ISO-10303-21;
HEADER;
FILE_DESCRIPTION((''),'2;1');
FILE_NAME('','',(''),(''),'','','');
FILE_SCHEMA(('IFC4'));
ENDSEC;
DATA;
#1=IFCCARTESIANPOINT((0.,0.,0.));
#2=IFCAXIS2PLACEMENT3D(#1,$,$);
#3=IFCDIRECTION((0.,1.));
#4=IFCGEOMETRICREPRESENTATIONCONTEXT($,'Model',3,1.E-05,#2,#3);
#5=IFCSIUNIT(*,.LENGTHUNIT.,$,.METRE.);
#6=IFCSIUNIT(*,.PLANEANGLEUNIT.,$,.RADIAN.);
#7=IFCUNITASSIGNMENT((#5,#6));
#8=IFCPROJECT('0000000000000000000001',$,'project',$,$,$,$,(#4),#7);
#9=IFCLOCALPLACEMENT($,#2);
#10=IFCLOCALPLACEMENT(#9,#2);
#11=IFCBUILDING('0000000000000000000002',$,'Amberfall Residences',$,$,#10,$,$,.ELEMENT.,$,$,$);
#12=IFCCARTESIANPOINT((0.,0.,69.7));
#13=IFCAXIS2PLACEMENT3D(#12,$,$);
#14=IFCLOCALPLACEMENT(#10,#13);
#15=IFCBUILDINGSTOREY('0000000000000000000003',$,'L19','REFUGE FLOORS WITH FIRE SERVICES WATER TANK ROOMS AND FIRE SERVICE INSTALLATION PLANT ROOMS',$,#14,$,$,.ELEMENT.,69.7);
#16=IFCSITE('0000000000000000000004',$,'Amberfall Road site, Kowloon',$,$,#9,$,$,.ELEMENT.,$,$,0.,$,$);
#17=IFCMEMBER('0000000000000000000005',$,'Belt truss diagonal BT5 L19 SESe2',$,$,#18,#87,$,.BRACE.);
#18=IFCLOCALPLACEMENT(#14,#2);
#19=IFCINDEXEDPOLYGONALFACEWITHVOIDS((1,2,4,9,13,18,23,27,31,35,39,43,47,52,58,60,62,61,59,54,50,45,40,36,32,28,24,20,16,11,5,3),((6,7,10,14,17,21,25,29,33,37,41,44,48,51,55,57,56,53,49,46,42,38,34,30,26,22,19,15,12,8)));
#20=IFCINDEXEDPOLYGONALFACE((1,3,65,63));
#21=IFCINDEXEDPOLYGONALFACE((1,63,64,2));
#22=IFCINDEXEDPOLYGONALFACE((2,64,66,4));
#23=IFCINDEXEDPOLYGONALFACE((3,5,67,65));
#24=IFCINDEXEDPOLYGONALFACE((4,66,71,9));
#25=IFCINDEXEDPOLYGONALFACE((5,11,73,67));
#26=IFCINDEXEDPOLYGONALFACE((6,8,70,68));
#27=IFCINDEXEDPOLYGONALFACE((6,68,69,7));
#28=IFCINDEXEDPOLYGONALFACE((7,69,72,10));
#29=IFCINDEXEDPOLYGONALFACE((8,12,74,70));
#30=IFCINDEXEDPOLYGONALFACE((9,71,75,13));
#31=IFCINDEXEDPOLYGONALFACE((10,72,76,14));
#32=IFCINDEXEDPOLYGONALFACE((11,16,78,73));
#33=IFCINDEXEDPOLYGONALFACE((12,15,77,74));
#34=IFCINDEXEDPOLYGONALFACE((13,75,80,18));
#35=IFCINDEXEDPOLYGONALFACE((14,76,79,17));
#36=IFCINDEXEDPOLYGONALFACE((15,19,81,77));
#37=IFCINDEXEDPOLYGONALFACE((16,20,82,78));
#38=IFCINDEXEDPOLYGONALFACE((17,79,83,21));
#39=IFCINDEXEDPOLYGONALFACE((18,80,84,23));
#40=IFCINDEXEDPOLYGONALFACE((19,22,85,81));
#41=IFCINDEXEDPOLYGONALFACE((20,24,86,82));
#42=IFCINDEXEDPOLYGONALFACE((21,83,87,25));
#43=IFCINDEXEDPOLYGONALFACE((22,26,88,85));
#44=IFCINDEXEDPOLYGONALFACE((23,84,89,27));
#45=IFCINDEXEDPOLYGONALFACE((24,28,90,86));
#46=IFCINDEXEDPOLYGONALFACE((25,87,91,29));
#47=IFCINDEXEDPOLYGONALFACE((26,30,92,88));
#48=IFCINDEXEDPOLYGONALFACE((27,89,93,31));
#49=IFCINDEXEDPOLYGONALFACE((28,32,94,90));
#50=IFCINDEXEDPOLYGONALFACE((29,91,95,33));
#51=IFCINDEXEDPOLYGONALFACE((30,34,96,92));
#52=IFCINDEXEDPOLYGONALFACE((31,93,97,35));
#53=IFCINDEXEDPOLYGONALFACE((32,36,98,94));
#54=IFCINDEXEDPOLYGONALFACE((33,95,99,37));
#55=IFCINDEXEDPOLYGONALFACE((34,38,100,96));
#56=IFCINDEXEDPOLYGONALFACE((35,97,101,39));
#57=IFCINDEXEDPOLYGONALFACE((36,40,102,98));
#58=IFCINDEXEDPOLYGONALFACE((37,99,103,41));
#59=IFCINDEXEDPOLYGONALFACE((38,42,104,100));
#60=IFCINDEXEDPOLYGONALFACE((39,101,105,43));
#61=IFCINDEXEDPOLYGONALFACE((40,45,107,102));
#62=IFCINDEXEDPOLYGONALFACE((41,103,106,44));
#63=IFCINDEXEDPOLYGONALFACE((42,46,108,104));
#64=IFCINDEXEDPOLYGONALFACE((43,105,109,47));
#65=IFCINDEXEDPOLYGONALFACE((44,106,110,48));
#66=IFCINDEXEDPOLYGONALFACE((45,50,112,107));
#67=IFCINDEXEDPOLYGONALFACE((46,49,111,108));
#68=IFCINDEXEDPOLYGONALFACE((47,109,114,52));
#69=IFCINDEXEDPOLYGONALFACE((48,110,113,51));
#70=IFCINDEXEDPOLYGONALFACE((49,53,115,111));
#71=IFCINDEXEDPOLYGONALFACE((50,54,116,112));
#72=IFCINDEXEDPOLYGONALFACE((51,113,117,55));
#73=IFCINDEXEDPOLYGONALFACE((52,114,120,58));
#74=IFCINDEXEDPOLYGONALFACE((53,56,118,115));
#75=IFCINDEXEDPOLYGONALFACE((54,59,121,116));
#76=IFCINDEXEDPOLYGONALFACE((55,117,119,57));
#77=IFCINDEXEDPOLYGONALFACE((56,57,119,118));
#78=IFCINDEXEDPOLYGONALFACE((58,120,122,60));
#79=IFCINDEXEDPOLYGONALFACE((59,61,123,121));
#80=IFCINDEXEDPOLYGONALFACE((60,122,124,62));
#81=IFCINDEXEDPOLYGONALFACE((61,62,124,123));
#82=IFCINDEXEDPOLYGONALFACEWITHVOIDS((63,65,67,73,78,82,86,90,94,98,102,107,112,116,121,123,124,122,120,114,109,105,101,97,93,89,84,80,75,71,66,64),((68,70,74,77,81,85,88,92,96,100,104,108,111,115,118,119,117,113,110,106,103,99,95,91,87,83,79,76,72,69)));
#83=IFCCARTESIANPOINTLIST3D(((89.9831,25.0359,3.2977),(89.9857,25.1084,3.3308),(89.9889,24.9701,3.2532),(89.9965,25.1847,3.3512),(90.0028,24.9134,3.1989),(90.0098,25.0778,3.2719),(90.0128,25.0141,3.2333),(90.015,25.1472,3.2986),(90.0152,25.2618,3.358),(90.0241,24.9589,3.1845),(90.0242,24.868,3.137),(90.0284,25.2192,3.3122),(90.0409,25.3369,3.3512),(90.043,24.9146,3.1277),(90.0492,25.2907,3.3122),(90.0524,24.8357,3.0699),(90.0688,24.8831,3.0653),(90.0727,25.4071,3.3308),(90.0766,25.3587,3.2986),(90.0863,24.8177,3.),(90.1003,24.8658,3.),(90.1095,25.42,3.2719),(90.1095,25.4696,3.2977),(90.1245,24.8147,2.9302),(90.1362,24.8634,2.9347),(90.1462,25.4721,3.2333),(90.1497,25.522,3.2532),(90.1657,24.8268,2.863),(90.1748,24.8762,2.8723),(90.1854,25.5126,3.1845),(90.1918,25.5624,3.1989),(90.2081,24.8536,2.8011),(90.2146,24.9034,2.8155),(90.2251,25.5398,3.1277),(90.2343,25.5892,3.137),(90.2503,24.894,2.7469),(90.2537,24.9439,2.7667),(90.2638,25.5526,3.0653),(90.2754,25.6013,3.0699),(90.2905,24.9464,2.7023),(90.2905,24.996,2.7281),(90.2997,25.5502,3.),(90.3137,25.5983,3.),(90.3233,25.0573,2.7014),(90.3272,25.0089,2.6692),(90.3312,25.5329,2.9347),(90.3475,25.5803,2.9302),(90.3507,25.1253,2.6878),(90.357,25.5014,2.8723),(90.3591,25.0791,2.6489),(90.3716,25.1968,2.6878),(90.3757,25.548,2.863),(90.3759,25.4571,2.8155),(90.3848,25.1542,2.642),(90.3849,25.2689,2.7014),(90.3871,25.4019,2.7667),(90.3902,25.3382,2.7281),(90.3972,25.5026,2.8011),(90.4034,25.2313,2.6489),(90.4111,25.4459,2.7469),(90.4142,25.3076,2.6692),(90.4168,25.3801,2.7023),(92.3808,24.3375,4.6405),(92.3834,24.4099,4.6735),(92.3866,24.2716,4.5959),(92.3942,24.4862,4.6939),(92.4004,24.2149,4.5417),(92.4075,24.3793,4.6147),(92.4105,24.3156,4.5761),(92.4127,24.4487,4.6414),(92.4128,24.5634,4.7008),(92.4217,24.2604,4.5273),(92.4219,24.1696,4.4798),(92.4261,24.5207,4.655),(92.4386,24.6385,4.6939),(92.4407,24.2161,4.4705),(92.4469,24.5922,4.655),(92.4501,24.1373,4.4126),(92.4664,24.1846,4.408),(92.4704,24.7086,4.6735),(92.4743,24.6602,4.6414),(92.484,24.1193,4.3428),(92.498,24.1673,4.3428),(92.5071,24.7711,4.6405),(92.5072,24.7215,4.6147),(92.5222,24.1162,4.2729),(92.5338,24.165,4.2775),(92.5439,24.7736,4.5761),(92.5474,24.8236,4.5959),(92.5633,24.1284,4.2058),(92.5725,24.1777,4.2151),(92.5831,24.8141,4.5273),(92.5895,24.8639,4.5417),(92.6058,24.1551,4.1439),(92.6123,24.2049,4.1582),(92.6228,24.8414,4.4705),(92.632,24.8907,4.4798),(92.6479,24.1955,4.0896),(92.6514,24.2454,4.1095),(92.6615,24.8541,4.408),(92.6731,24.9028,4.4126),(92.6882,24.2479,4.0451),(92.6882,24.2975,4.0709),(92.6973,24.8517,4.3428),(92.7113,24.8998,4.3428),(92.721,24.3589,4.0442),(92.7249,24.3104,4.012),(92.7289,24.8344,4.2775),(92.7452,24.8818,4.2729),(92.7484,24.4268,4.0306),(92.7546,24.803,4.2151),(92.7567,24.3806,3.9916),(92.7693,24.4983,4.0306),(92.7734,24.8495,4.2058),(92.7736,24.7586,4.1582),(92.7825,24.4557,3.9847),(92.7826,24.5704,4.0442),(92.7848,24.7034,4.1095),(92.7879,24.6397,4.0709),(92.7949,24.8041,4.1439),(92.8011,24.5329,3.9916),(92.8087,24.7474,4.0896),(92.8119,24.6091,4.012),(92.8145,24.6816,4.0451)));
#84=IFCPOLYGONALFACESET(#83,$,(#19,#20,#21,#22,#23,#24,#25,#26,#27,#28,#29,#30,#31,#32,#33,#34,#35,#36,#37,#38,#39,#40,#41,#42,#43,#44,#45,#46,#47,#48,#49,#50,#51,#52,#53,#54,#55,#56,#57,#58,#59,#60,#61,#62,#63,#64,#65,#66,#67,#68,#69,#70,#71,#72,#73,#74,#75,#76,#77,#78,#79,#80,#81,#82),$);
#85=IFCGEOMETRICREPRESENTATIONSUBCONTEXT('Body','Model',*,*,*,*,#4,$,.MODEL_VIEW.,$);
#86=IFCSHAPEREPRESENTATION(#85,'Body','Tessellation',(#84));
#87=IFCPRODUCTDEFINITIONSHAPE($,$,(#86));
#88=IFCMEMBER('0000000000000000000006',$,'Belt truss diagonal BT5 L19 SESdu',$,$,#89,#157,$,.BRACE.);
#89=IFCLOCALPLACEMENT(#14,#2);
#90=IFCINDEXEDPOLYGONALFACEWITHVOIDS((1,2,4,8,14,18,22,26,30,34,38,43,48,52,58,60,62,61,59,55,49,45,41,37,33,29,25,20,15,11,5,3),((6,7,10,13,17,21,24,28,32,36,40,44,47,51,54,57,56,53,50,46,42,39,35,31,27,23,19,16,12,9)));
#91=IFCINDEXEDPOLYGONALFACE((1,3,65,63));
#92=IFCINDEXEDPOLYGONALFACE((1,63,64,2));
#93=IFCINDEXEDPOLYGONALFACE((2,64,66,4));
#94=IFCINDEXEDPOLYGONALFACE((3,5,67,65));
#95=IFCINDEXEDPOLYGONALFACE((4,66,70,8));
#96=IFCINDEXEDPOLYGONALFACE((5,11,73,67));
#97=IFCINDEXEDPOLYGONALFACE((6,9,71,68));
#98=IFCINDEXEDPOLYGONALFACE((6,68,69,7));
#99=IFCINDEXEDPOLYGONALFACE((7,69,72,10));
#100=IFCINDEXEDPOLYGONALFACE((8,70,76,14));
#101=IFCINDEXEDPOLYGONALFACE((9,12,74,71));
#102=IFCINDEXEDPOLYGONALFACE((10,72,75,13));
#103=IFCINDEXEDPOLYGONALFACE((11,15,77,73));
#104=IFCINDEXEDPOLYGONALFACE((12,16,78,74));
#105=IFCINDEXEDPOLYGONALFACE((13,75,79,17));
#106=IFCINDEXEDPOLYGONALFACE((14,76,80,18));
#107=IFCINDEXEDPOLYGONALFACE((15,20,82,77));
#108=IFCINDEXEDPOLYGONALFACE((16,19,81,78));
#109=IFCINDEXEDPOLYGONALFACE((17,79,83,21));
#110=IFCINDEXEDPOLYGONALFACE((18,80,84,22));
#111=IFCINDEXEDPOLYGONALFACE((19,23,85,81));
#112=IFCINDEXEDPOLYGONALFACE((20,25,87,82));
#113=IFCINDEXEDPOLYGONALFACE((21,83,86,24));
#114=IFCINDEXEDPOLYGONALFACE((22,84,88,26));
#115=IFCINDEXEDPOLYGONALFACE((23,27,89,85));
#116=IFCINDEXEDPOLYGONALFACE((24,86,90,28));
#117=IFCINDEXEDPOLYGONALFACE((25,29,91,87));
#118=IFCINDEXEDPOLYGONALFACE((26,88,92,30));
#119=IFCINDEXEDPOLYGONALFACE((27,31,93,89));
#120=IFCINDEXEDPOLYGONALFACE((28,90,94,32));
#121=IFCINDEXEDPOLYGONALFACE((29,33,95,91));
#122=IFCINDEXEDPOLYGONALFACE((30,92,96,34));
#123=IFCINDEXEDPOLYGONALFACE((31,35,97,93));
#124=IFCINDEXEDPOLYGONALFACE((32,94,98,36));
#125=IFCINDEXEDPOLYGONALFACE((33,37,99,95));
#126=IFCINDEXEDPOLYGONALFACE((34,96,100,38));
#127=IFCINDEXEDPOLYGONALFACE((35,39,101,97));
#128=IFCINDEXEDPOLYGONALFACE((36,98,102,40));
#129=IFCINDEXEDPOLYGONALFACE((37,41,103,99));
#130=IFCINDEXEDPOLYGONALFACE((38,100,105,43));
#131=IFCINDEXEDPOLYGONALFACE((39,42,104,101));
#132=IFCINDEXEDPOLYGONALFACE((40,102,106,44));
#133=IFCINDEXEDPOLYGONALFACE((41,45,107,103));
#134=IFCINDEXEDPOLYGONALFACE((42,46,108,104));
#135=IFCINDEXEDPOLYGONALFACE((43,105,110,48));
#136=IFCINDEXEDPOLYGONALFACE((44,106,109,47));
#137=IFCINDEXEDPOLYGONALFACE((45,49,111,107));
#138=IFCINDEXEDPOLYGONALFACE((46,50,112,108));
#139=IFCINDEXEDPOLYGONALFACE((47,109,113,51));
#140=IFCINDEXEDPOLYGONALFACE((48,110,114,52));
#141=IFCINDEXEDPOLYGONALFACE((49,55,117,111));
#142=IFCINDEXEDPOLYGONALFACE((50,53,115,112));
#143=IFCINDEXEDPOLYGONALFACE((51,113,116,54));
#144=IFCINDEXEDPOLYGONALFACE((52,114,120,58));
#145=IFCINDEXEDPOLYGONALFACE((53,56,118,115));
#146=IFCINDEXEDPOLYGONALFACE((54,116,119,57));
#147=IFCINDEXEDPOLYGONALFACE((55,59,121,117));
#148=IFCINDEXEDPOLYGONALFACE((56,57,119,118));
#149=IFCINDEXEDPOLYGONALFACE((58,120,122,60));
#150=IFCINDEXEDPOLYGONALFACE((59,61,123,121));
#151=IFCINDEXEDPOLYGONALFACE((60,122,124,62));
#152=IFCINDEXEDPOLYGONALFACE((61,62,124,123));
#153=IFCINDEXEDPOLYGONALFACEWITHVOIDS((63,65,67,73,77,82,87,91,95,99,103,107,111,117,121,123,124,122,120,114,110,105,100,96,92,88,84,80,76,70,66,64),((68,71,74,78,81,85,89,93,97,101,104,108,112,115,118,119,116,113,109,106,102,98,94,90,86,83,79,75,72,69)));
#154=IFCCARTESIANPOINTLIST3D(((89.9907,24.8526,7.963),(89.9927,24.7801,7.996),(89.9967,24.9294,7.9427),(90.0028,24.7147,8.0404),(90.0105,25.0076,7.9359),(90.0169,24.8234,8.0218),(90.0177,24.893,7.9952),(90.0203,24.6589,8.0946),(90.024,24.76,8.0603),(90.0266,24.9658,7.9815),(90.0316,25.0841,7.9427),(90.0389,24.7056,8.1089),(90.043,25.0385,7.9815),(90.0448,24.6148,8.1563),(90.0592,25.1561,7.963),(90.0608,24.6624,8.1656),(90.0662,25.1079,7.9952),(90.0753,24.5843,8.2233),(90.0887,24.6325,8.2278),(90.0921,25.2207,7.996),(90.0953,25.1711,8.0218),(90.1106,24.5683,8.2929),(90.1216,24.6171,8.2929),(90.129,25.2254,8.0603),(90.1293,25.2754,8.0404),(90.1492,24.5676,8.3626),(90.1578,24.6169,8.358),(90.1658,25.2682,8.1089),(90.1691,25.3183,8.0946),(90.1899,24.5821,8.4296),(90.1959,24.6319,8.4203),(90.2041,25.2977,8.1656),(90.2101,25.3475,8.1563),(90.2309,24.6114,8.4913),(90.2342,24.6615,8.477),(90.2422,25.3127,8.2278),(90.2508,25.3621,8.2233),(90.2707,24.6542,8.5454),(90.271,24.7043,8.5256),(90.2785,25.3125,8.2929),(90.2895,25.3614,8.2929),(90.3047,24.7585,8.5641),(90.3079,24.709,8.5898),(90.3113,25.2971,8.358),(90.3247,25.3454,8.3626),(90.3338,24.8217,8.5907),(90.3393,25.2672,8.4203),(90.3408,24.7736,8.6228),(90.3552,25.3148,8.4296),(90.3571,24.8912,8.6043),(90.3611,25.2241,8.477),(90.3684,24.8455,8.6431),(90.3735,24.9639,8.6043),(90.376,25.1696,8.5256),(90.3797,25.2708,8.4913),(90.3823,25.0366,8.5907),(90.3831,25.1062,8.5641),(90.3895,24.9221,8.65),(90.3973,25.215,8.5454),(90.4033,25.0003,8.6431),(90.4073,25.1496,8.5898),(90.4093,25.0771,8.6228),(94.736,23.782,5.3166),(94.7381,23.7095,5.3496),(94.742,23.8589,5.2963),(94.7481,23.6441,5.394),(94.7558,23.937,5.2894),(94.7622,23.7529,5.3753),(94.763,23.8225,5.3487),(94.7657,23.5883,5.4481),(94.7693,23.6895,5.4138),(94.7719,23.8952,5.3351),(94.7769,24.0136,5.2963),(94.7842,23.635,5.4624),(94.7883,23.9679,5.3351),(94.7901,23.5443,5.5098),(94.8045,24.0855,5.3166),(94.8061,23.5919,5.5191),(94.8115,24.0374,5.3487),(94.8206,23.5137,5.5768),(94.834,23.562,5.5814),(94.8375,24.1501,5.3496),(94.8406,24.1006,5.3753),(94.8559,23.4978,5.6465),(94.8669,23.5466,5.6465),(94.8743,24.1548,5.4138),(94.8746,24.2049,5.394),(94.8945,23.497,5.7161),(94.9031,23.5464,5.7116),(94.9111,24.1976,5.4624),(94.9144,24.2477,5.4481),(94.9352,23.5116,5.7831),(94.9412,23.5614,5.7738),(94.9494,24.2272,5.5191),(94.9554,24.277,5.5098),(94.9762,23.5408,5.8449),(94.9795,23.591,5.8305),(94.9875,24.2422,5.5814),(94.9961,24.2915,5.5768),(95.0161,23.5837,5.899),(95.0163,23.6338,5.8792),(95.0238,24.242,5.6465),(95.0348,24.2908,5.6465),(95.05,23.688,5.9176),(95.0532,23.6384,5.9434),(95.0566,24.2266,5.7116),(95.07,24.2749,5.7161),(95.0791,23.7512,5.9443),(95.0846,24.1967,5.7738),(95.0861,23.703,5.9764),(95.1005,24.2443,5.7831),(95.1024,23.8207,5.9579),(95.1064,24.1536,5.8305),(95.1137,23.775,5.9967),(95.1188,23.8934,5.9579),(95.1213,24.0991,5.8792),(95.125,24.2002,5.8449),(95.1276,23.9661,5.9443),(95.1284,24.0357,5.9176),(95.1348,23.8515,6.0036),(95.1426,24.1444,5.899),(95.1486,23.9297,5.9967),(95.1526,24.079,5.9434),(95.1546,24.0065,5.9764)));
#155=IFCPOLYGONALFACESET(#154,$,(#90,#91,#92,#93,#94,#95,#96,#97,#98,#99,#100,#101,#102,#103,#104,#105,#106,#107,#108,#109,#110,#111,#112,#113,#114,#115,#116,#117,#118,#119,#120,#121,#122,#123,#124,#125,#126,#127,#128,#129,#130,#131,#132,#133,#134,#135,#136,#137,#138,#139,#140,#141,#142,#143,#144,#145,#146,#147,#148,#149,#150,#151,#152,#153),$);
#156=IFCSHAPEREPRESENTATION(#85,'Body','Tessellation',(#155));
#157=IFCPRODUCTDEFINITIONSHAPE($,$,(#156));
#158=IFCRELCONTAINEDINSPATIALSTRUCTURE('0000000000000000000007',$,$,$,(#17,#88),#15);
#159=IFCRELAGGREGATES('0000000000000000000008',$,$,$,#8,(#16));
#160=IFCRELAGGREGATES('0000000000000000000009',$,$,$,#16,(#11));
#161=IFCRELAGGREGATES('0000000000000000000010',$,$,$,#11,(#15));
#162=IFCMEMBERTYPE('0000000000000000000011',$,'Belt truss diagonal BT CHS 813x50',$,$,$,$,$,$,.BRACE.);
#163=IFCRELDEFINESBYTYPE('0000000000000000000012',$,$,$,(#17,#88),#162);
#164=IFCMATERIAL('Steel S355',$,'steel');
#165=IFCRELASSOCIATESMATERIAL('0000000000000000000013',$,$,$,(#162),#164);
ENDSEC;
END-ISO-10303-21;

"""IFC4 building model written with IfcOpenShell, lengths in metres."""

from ifc_helpers import new_model, si_unit, direction, frame, origin, origin_2d, place, context, subcontext, project, spatial, hollow_circle, extrude, material, material_profile, profile_set, type_object, element, save


model = new_model("IFC4")

# Units and contexts
model_context = context("Model", 3, precision=1e-05, world=origin(), true_north=direction((0.0, 1.0)))
body_context = subcontext(model_context, "Body", "Model", "MODEL_VIEW")
ifc_project = project(units=[si_unit("LENGTHUNIT", "METRE"), si_unit("PLANEANGLEUNIT", "RADIAN")], contexts=[model_context])

# Site, building, storey
site_placement = place(None, origin())
site = spatial("IfcSite", under=ifc_project, at=site_placement, Name="Amberfall Road site, Kowloon", CompositionType="ELEMENT", RefElevation=0.0)
building_placement = place(site_placement, origin())
building = spatial("IfcBuilding", under=site, at=building_placement, Name="Amberfall Residences", CompositionType="ELEMENT")
storey_placement = place(building_placement, frame((0.0, 0.0, 69.7)))
storey = spatial("IfcBuildingStorey", under=building, at=storey_placement, Name="L19", Description="REFUGE FLOORS WITH FIRE SERVICES WATER TANK ROOMS AND FIRE SERVICE INSTALLATION PLANT ROOMS", CompositionType="ELEMENT", Elevation=69.7)

# Shared definitions
ifc_material_1 = material(Name="Steel S355", Category="steel")

# Members
ifc_material_profile_1 = material_profile(ifc_material_1, hollow_circle(Radius=0.4065, WallThickness=0.05, at=origin_2d()), Name="CHS 813x50")
ifc_profile_set_1 = profile_set([ifc_material_profile_1], Name="Steel S355")
member_type = type_object("IfcMemberType", Name="Belt truss diagonal BT CHS 813x50", PredefinedType="BRACE", material=ifc_profile_set_1)
member_1_placement = place(storey_placement, frame((92.5977, 24.5095, 4.3428), z_axis=(-0.84561, 0.246338, -0.473562), x_axis=(-0.279688, -0.960091, 0.0)))
element("IfcMember", 1, at=member_1_placement, inside=storey, type_object=member_type, Name="Belt truss diagonal BT5 L19 SESe2", PredefinedType="BRACE", context=body_context, shape_type="SweptSolid", body=[
    extrude(hollow_circle(Radius=0.4065, WallThickness=0.05, at=origin_2d()), origin(), (0.0, 0.0, 1.0), 2.8354),
])
member_2_placement = place(storey_placement, frame((94.9453, 23.8943, 5.6465), z_axis=(-0.856887, 0.193314, 0.477885), x_axis=(-0.22007, -0.975484, 0.0)))
element("IfcMember", 2, at=member_2_placement, inside=storey, type_object=member_type, Name="Belt truss diagonal BT5 L19 SESdu", PredefinedType="BRACE", context=body_context, shape_type="SweptSolid", body=[
    extrude(hollow_circle(Radius=0.4065, WallThickness=0.05, at=origin_2d()), origin(), (0.0, 0.0, 1.0), 5.5378),
])

save(model, "model.ifc")
